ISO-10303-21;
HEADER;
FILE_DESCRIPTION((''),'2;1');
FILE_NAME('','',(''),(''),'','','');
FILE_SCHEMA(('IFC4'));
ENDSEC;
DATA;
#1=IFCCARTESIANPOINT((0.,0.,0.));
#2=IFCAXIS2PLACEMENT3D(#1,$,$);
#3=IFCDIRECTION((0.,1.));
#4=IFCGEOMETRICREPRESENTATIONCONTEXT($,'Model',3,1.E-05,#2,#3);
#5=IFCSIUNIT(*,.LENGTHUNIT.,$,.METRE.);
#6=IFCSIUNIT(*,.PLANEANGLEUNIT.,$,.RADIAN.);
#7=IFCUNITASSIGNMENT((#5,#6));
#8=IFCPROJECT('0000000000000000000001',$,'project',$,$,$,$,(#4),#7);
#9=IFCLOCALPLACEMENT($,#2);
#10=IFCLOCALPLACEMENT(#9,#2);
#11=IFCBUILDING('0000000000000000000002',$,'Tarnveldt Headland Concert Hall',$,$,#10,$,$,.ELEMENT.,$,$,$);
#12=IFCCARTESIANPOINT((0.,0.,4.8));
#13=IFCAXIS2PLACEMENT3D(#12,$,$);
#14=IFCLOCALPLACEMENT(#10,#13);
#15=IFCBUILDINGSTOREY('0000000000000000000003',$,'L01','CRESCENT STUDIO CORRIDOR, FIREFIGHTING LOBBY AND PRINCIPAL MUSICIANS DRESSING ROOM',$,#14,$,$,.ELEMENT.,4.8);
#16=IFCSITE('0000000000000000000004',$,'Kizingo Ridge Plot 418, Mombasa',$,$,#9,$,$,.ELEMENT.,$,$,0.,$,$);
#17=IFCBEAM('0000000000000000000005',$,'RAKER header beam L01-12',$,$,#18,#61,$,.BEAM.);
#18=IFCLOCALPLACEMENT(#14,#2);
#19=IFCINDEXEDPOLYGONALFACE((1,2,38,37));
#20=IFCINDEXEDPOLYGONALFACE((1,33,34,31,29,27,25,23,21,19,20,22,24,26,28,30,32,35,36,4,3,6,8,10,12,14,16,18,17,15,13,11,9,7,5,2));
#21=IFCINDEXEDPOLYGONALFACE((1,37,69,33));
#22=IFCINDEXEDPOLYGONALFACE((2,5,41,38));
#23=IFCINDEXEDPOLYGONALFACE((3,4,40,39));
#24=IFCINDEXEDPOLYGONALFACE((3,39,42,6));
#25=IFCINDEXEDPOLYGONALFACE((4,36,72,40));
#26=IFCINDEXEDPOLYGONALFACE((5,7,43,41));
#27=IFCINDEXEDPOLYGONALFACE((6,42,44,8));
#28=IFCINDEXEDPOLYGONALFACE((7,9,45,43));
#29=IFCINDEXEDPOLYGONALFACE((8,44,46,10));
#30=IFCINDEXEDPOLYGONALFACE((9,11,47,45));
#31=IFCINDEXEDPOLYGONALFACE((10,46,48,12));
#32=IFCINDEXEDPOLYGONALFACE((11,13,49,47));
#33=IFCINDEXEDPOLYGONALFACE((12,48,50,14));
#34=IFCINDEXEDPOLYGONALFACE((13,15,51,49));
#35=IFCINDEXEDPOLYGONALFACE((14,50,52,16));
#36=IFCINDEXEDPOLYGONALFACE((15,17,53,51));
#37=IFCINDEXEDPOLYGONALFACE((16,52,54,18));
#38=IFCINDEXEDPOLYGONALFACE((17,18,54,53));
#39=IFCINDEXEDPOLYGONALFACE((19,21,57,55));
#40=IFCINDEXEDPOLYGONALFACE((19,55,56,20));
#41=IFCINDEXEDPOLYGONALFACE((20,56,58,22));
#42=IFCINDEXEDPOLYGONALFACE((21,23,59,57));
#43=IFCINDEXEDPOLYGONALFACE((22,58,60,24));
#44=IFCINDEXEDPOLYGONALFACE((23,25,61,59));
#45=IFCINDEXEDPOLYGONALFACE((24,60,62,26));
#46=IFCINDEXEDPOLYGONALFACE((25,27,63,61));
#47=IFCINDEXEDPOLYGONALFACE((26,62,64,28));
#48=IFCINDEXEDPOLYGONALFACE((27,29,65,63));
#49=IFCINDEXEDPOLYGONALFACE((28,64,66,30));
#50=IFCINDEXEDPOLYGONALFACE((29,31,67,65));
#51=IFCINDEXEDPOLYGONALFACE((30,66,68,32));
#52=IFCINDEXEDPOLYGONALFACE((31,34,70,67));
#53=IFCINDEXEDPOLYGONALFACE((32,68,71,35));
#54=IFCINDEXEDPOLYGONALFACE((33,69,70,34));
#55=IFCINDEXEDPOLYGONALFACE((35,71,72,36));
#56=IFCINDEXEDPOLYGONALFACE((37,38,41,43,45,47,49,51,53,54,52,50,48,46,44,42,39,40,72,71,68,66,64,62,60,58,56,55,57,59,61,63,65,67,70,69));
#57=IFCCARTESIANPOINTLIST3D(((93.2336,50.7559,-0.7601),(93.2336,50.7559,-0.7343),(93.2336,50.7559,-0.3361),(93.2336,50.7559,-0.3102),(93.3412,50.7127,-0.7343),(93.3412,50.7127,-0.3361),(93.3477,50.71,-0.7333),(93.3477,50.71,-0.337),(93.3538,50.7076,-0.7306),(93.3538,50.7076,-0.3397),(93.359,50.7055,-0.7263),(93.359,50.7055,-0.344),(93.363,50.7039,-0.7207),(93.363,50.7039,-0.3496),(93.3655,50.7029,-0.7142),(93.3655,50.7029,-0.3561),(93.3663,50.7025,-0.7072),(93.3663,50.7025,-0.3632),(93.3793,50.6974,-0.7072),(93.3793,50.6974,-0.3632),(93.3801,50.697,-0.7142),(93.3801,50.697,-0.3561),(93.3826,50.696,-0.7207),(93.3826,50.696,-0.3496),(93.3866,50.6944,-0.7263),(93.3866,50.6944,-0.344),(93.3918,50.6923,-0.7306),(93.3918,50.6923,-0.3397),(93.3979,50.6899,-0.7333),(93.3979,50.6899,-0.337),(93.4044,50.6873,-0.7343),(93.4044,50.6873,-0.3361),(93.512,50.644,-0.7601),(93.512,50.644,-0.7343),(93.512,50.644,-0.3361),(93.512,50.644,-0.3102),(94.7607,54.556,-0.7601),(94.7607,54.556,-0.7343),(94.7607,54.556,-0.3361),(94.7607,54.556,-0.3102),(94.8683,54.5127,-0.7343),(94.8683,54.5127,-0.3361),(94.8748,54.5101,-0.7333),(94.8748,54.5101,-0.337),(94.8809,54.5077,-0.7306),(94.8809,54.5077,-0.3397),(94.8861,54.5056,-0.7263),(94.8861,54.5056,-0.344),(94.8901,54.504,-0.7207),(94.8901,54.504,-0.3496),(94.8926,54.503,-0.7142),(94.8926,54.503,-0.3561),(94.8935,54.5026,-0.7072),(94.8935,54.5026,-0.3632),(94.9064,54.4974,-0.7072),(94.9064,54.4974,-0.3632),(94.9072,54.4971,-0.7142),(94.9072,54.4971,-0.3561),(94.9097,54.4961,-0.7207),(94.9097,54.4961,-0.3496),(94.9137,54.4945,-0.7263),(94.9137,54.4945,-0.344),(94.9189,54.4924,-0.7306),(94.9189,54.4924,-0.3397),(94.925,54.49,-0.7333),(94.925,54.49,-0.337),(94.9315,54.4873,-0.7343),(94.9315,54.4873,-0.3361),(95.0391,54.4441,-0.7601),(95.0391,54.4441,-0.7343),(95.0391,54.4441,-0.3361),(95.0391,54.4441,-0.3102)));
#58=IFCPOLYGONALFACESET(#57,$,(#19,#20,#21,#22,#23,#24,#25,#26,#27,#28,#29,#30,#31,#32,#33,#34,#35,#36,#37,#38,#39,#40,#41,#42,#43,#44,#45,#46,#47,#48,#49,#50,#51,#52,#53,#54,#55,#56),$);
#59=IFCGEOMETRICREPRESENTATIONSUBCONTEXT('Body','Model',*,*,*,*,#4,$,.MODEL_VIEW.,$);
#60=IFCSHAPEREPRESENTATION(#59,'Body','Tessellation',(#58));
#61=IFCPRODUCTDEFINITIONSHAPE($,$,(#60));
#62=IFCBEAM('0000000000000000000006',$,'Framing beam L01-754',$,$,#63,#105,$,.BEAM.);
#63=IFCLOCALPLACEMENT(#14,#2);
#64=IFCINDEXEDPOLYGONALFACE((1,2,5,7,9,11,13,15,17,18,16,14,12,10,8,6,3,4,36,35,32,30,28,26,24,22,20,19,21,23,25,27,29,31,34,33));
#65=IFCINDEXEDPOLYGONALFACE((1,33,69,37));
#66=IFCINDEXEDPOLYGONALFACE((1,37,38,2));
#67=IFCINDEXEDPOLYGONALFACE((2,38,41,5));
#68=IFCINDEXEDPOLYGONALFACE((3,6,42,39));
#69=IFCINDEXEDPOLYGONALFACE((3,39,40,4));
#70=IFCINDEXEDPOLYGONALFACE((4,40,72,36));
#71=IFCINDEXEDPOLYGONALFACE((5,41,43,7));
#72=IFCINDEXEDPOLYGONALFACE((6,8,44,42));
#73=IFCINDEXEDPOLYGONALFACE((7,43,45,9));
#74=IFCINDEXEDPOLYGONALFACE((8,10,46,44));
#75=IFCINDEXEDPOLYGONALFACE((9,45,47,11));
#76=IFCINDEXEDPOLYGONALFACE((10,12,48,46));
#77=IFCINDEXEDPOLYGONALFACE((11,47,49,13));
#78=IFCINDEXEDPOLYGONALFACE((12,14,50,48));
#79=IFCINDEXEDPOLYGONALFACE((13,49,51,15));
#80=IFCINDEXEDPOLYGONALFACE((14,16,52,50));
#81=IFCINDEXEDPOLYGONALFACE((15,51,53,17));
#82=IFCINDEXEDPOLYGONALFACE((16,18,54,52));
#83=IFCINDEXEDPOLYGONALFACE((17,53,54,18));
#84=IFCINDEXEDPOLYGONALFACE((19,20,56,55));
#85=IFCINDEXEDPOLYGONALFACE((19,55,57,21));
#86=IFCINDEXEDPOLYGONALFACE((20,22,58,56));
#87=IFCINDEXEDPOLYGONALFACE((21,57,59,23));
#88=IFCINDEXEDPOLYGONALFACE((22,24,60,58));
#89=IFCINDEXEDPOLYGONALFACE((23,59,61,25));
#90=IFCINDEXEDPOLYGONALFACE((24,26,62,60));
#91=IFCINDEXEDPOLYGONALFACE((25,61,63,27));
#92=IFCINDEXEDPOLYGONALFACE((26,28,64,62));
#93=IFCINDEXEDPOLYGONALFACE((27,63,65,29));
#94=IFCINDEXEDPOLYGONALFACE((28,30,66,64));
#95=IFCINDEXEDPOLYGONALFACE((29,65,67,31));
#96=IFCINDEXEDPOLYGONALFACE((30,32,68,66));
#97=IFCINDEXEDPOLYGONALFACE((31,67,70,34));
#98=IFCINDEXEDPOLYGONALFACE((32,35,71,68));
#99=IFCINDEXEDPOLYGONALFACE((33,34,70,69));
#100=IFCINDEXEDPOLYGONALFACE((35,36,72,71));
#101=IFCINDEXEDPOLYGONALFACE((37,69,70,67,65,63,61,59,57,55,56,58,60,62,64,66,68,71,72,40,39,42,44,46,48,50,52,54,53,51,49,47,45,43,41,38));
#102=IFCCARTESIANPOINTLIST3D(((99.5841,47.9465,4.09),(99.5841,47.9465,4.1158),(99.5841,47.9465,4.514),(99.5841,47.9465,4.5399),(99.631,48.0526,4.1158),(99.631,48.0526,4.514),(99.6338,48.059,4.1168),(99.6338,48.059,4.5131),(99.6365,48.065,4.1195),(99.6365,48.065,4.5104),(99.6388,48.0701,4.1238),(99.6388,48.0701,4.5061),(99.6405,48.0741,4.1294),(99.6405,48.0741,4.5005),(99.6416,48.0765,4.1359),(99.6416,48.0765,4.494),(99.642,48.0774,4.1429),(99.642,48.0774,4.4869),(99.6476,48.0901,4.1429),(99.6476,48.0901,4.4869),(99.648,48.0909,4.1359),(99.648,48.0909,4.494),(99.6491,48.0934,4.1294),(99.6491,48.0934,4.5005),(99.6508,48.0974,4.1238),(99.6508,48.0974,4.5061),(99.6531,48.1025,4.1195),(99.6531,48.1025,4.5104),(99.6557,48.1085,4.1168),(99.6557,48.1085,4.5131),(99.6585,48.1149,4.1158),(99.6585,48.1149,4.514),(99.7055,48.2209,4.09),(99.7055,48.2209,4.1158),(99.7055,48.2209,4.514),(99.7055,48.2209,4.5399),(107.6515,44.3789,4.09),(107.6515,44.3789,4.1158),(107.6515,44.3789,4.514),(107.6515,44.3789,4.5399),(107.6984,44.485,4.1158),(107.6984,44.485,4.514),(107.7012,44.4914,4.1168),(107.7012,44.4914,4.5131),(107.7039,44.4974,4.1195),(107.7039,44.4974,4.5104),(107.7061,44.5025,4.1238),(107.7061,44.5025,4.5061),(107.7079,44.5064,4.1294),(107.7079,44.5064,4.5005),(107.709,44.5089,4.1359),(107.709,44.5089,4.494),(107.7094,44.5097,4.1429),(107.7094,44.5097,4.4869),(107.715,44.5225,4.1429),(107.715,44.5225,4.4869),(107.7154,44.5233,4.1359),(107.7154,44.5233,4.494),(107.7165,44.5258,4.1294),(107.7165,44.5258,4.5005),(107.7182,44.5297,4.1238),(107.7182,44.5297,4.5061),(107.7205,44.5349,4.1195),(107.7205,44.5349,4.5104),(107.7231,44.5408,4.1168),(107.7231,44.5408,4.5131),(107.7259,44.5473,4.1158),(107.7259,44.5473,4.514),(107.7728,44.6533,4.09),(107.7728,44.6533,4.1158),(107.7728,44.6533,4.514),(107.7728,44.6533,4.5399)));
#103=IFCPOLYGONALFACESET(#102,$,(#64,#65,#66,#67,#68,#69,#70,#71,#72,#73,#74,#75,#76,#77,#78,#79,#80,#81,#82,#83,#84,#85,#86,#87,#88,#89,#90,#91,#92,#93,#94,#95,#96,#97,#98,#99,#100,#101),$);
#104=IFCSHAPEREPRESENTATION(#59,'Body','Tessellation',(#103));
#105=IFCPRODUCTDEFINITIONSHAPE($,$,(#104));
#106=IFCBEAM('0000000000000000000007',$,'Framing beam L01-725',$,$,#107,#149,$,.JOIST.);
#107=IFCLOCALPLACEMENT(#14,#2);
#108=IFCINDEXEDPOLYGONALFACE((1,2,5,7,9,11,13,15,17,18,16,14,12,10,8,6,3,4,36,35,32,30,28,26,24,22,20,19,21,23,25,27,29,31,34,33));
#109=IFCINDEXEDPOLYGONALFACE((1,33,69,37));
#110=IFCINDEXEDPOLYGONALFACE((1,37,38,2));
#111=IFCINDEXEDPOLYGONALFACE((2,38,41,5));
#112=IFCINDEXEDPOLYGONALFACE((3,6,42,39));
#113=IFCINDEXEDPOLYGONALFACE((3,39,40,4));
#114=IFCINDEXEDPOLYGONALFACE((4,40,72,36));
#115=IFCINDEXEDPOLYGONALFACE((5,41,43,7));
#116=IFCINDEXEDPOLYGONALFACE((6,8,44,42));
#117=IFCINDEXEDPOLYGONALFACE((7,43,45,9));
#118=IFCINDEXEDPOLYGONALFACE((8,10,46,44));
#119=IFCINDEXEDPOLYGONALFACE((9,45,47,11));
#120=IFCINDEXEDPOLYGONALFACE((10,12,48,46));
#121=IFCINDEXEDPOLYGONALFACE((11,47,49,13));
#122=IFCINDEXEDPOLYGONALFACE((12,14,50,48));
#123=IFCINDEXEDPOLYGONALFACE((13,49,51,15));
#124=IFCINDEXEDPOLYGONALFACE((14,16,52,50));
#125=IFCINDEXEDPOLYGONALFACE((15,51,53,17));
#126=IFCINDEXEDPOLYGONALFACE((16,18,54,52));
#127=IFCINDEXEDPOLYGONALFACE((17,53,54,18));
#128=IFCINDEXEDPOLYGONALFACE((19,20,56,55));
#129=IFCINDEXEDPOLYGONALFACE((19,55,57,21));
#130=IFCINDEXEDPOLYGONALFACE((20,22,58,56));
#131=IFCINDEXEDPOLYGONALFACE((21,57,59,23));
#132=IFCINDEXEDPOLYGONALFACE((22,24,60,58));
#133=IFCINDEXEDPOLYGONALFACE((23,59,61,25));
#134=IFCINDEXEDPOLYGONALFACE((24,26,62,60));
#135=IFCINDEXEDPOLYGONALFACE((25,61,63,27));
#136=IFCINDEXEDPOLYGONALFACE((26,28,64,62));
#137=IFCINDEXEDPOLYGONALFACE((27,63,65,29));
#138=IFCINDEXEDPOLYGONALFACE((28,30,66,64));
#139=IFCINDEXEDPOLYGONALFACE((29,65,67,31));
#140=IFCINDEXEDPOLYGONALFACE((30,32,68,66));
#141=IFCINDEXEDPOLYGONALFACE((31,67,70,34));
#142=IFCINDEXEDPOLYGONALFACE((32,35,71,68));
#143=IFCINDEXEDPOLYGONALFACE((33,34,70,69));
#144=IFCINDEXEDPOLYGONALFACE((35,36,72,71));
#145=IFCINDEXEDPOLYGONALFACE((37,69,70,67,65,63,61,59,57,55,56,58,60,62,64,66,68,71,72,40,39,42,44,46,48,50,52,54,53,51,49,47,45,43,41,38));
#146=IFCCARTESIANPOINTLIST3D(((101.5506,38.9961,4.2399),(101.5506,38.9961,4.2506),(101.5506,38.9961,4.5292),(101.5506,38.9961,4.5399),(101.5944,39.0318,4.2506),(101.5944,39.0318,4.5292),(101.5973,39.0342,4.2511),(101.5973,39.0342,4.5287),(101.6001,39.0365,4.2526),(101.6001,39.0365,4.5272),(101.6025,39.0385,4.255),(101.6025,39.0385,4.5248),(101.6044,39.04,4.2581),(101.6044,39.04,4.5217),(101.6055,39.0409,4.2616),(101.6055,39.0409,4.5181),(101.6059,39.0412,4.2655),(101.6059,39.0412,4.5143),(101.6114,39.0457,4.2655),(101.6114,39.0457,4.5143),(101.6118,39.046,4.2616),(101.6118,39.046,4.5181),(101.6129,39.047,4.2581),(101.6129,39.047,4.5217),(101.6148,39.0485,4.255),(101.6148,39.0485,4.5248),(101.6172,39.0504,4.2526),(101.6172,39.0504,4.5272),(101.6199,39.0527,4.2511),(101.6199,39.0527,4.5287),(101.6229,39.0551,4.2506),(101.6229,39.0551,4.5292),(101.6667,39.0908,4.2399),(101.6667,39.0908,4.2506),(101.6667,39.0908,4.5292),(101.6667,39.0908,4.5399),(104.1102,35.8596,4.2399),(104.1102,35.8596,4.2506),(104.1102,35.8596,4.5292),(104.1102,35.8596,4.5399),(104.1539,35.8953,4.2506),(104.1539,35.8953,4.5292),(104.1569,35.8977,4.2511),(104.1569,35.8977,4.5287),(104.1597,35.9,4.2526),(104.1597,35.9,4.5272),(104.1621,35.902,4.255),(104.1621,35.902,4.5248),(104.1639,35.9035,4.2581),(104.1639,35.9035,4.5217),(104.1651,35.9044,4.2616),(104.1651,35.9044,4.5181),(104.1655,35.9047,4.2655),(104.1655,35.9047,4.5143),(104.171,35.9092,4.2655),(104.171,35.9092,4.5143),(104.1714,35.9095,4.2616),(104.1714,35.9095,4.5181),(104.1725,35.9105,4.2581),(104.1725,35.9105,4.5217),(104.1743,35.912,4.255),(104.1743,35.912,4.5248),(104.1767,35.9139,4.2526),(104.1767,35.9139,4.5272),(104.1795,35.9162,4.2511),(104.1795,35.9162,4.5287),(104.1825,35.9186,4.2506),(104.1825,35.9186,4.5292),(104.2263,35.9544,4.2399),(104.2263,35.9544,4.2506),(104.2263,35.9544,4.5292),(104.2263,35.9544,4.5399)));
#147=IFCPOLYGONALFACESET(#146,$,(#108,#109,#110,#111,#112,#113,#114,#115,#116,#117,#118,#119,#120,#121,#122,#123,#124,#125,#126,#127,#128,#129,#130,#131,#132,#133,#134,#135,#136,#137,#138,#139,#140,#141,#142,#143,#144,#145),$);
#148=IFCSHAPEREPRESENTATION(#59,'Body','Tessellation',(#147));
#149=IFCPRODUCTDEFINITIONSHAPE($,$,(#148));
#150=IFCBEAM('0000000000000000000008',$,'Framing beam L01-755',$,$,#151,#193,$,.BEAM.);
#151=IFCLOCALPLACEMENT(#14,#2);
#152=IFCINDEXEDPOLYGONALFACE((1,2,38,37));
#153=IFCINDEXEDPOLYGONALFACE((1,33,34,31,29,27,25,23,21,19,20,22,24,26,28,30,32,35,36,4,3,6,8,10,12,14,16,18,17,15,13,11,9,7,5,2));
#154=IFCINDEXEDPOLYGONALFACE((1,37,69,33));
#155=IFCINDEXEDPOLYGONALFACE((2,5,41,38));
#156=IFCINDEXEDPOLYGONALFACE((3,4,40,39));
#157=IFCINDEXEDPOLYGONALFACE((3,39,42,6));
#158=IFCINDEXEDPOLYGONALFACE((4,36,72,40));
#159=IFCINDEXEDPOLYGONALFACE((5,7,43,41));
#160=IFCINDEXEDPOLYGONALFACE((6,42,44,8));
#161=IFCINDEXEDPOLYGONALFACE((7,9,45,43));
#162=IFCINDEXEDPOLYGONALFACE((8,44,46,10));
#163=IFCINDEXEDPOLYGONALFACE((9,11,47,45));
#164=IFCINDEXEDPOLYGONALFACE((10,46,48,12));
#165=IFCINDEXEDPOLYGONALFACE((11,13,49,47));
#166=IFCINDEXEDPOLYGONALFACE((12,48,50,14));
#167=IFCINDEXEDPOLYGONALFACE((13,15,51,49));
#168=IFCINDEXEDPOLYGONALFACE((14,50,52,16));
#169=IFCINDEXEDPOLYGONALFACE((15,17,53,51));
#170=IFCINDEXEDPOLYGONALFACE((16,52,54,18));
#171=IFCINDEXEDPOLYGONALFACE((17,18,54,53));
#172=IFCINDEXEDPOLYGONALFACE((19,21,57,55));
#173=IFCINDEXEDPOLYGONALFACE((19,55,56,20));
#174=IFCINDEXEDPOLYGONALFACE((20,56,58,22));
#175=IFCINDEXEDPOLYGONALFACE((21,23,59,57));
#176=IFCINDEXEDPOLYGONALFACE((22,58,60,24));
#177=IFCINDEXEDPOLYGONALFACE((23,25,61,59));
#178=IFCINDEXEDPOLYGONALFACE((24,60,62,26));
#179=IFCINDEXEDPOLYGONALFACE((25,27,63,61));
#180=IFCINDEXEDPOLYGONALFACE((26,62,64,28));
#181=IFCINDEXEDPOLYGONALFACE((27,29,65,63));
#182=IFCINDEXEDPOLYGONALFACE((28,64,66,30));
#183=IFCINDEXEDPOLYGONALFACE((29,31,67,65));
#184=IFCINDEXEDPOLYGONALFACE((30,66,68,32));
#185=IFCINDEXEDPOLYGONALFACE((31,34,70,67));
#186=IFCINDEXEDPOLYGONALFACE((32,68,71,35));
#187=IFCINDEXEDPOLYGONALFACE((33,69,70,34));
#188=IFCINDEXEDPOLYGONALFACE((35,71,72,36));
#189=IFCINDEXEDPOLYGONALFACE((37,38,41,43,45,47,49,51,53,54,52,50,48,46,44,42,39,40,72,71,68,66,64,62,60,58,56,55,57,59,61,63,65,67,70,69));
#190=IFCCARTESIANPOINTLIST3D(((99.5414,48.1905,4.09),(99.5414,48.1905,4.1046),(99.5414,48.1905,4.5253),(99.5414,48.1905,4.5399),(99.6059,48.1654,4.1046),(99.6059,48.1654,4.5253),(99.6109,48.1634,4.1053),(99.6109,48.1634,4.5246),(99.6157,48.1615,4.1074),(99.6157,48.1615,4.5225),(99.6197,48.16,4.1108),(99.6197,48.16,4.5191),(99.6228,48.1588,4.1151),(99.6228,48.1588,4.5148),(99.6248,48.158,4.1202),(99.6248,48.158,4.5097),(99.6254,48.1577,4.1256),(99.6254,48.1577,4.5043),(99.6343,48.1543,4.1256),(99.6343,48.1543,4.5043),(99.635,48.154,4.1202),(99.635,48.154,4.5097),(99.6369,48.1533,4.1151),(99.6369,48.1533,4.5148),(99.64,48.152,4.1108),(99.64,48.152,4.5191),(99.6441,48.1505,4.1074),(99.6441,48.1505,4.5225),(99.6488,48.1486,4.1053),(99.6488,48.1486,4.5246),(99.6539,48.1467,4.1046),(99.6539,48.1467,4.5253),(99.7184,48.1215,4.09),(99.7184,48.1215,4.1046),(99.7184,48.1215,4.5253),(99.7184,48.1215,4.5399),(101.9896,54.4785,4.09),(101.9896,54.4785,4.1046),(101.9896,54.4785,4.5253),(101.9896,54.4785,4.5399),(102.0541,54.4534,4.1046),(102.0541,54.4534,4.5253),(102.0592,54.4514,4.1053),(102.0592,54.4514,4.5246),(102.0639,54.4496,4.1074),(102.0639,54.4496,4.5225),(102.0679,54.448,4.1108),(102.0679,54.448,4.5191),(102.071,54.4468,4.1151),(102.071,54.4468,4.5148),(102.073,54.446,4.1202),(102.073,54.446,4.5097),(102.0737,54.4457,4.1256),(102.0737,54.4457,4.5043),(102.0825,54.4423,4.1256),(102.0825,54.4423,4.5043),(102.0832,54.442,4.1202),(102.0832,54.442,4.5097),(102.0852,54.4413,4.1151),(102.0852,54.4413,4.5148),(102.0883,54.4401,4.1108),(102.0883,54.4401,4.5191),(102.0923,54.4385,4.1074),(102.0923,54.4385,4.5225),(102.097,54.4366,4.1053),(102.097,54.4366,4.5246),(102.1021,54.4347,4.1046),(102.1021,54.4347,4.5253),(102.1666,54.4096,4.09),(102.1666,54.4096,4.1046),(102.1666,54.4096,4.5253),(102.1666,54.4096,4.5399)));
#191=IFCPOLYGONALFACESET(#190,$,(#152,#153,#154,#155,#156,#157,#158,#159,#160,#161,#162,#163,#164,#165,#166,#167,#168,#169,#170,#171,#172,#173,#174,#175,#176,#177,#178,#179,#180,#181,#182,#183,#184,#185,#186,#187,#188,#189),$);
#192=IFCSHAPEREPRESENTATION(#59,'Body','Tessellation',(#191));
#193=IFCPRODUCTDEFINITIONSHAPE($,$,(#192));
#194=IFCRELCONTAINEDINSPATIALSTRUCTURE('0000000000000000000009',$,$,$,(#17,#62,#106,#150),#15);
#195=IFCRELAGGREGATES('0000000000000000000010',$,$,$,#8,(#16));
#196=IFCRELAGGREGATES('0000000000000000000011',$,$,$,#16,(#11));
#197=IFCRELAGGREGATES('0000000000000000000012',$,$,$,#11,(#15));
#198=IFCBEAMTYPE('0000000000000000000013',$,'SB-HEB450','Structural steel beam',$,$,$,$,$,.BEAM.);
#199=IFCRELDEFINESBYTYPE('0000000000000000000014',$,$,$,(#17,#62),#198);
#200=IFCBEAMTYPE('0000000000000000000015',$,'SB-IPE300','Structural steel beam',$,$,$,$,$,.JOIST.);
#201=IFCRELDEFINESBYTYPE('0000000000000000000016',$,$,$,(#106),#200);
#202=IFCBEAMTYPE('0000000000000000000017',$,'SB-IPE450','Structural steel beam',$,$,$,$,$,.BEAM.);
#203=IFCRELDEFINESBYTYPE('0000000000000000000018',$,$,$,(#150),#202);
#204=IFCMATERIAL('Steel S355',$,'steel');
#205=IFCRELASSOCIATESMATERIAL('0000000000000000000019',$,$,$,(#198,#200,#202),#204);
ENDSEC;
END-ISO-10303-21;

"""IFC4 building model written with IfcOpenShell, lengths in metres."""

from ifc_helpers import new_model, si_unit, direction, frame, origin, origin_2d, place, context, subcontext, project, spatial, i_section, extrude, material, material_profile, profile_set, type_object, element, save


model = new_model("IFC4")

# Units and contexts
model_context = context("Model", 3, precision=1e-05, world=origin(), true_north=direction((0.0, 1.0)))
body_context = subcontext(model_context, "Body", "Model", "MODEL_VIEW")
ifc_project = project(units=[si_unit("LENGTHUNIT", "METRE"), si_unit("PLANEANGLEUNIT", "RADIAN")], contexts=[model_context])

# Site, building, storey
site_placement = place(None, origin())
site = spatial("IfcSite", under=ifc_project, at=site_placement, Name="Kizingo Ridge Plot 418, Mombasa", CompositionType="ELEMENT", RefElevation=0.0)
building_placement = place(site_placement, origin())
building = spatial("IfcBuilding", under=site, at=building_placement, Name="Tarnveldt Headland Concert Hall", CompositionType="ELEMENT")
storey_placement = place(building_placement, frame((0.0, 0.0, 4.8)))
storey = spatial("IfcBuildingStorey", under=building, at=storey_placement, Name="L01", Description="CRESCENT STUDIO CORRIDOR, FIREFIGHTING LOBBY AND PRINCIPAL MUSICIANS DRESSING ROOM", CompositionType="ELEMENT", Elevation=4.8)

# Shared definitions
ifc_material_1 = material(Name="Steel S355", Category="steel")

# Beams
ifc_material_profile_1 = material_profile(ifc_material_1, i_section(OverallWidth=0.3, OverallDepth=0.45, WebThickness=0.0139, FlangeThickness=0.0259, FilletRadius=0.0271, at=origin_2d()), Name="HEB450", Category="steel")
ifc_profile_set_1 = profile_set([ifc_material_profile_1], Name="Steel S355")
beam_type_1 = type_object("IfcBeamType", Name="SB-HEB450", Description="Structural steel beam", PredefinedType="BEAM", material=ifc_profile_set_1)
for number, where, z_axis, x_axis, name in (
    (1, (93.3728, 50.7, -0.5352), (0.372881, 0.927879, 0.0), (-0.927879, 0.372881, 0.0), "RAKER header beam L01-12"),
):
    element("IfcBeam", number, at=place(storey_placement, frame(where, z_axis=z_axis, x_axis=x_axis)), inside=storey, type_object=beam_type_1, Name=name, PredefinedType="BEAM", context=body_context, shape_type="SweptSolid", body=[
        extrude(i_section(OverallWidth=0.3, OverallDepth=0.45, WebThickness=0.0139, FlangeThickness=0.0259, FilletRadius=0.0271, at=origin_2d()), origin(), (0.0, 0.0, 1.0), 4.0955),
    ])
beam_1_placement = place(storey_placement, frame((99.6448, 48.0837, 4.3149), z_axis=(0.914562, -0.404445, 0.0), x_axis=(0.404445, 0.914562, 0.0)))
element("IfcBeam", 2, at=beam_1_placement, inside=storey, type_object=beam_type_1, Name="Framing beam L01-754", PredefinedType="BEAM", context=body_context, shape_type="SweptSolid", body=[
    extrude(i_section(OverallWidth=0.3, OverallDepth=0.45, WebThickness=0.0139, FlangeThickness=0.0259, FilletRadius=0.0271, at=origin_2d()), origin(), (0.0, 0.0, 1.0), 8.821),
])
ifc_material_profile_2 = material_profile(ifc_material_1, i_section(OverallWidth=0.1499, OverallDepth=0.3, WebThickness=0.0071, FlangeThickness=0.0107, FilletRadius=0.0149, at=origin_2d()), Name="IPE300", Category="steel")
ifc_profile_set_2 = profile_set([ifc_material_profile_2], Name="Steel S355")
beam_type_2 = type_object("IfcBeamType", Name="SB-IPE300", Description="Structural steel beam", PredefinedType="JOIST", material=ifc_profile_set_2)
beam_2_placement = place(storey_placement, frame((101.6086, 39.0435, 4.3899), z_axis=(0.632255, -0.77476, 0.0), x_axis=(0.77476, 0.632255, 0.0)))
element("IfcBeam", 3, at=beam_2_placement, inside=storey, type_object=beam_type_2, Name="Framing beam L01-725", PredefinedType="JOIST", context=body_context, shape_type="SweptSolid", body=[
    extrude(i_section(OverallWidth=0.1499, OverallDepth=0.3, WebThickness=0.0071, FlangeThickness=0.0107, FilletRadius=0.0149, at=origin_2d()), origin(), (0.0, 0.0, 1.0), 4.0483),
])
ifc_material_profile_3 = material_profile(ifc_material_1, i_section(OverallWidth=0.1899, OverallDepth=0.45, WebThickness=0.0095, FlangeThickness=0.0146, FilletRadius=0.021, at=origin_2d()), Name="IPE450", Category="steel")
ifc_profile_set_3 = profile_set([ifc_material_profile_3], Name="Steel S355")
beam_type_3 = type_object("IfcBeamType", Name="SB-IPE450", Description="Structural steel beam", PredefinedType="BEAM", material=ifc_profile_set_3)
beam_3_placement = place(storey_placement, frame((99.6299, 48.156, 4.3149), z_axis=(0.362816, 0.931861, 0.0), x_axis=(-0.931861, 0.362816, 0.0)))
element("IfcBeam", 4, at=beam_3_placement, inside=storey, type_object=beam_type_3, Name="Framing beam L01-755", PredefinedType="BEAM", context=body_context, shape_type="SweptSolid", body=[
    extrude(i_section(OverallWidth=0.1899, OverallDepth=0.45, WebThickness=0.0095, FlangeThickness=0.0146, FilletRadius=0.021, at=origin_2d()), origin(), (0.0, 0.0, 1.0), 6.7478),
])

save(model, "model.ifc")
